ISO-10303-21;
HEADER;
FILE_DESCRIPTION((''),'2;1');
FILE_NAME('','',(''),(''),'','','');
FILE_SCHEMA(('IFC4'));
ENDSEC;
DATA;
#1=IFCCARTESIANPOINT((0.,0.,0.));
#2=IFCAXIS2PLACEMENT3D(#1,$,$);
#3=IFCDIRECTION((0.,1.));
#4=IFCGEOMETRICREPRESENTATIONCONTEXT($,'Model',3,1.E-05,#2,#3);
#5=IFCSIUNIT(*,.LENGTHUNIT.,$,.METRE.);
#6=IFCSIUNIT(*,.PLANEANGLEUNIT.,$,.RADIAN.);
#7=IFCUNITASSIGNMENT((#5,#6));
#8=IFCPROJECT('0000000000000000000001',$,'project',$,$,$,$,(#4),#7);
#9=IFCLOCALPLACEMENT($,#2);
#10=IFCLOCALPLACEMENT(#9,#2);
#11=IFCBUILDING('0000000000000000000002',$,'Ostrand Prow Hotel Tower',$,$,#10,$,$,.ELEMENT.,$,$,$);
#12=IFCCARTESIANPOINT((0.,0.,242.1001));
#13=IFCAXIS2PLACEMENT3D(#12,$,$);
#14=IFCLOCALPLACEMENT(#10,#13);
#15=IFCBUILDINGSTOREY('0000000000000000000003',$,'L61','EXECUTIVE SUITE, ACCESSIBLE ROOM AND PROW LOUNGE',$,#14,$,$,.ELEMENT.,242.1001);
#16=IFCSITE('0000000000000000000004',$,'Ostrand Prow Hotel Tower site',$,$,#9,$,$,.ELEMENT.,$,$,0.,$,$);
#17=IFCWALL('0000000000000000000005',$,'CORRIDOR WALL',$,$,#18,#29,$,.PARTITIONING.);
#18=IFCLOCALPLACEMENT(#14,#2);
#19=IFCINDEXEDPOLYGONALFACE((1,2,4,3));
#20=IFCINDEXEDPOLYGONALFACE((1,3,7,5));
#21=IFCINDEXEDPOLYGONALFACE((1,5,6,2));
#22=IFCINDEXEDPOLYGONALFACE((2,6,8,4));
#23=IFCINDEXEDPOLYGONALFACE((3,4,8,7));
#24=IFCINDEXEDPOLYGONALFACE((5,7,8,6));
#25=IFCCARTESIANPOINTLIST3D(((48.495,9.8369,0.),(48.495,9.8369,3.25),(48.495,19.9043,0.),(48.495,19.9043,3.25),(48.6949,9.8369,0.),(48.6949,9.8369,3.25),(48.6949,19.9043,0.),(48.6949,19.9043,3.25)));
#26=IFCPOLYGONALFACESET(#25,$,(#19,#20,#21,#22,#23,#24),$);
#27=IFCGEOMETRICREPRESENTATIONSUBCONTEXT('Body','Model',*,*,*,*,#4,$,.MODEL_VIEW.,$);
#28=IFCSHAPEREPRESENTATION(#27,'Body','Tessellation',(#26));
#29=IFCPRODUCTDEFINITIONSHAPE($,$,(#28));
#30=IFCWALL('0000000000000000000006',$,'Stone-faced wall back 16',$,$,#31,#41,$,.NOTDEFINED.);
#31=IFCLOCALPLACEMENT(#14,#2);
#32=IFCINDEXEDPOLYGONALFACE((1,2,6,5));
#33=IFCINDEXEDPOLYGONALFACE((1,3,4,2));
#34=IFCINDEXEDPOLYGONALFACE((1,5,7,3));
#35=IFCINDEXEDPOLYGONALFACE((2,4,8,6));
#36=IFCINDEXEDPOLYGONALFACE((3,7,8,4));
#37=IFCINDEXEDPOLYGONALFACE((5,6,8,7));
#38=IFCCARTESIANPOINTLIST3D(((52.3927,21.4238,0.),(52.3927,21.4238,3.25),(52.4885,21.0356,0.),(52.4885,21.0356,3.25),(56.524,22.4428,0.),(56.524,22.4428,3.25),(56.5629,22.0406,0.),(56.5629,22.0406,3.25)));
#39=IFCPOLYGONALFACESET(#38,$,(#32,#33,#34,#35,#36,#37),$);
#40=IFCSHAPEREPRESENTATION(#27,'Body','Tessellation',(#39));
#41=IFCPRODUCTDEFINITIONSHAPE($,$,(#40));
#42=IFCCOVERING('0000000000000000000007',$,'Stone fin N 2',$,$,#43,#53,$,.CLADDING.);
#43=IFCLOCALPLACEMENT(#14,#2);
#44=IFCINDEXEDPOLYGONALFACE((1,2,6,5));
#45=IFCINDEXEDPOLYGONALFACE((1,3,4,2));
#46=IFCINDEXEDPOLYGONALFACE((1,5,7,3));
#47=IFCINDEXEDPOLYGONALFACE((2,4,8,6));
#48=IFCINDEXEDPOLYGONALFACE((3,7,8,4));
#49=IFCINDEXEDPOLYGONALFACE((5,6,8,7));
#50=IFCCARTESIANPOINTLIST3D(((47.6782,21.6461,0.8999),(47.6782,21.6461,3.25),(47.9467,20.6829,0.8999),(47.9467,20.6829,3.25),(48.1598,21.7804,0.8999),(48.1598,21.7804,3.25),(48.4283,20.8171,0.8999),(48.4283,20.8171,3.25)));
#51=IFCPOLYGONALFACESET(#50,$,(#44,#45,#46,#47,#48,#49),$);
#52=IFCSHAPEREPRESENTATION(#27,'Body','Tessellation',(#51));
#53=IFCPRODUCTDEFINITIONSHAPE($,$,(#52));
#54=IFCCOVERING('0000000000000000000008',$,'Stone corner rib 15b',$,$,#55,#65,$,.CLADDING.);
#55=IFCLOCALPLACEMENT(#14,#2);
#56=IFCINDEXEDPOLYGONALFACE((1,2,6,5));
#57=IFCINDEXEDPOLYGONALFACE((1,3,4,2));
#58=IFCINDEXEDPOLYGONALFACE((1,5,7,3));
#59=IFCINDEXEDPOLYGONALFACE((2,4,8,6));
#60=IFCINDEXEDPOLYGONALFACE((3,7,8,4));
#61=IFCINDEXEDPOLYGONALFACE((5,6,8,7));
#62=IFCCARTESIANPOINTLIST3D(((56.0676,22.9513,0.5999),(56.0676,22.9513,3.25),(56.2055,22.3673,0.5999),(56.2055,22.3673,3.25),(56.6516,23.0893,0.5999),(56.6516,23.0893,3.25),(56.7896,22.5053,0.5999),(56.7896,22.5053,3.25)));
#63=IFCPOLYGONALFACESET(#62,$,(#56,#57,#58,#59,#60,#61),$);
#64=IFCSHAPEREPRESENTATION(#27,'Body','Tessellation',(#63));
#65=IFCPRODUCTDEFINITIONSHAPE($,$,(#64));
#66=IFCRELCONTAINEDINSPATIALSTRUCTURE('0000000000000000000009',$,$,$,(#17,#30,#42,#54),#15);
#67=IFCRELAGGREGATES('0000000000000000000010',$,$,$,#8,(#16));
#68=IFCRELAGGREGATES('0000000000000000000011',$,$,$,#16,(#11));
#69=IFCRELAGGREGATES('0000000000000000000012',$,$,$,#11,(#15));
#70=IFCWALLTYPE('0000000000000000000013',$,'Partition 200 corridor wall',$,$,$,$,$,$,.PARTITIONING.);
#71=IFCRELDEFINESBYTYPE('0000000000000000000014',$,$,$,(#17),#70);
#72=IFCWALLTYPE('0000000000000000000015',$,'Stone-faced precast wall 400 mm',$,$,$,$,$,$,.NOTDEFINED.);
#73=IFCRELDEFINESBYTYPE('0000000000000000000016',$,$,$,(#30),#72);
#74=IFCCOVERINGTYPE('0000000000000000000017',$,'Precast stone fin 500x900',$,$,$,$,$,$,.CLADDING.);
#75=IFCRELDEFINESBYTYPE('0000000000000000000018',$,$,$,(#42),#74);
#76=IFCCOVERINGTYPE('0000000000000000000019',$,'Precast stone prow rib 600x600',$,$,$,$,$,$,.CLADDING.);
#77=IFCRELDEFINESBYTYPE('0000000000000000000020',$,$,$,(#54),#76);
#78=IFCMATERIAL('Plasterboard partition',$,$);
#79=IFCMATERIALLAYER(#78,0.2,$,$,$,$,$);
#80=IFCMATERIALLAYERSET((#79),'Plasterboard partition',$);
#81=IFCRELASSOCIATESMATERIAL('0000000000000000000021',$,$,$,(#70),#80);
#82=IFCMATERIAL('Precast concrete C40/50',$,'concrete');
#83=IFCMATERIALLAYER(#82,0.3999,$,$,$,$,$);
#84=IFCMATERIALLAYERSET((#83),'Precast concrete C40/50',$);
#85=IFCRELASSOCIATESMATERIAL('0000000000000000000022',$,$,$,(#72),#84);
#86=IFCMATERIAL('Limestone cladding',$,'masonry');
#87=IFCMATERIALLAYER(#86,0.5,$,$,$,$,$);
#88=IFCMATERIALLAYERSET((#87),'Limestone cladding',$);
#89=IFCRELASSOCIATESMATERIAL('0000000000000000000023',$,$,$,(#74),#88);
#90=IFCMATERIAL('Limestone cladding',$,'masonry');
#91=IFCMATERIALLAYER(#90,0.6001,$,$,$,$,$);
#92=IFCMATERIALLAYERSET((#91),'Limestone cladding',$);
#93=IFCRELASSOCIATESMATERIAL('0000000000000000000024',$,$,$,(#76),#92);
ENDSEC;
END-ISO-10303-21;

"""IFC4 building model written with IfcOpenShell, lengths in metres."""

from ifc_helpers import new_model, si_unit, direction, frame, frame_2d, origin, place, context, subcontext, project, spatial, polyline, rectangle, outline, extrude, material, layer, layer_set, type_object, element, save


model = new_model("IFC4")

# Units and contexts
model_context = context("Model", 3, precision=1e-05, world=origin(), true_north=direction((0.0, 1.0)))
body_context = subcontext(model_context, "Body", "Model", "MODEL_VIEW")
ifc_project = project(units=[si_unit("LENGTHUNIT", "METRE"), si_unit("PLANEANGLEUNIT", "RADIAN")], contexts=[model_context])

# Site, building, storey
site_placement = place(None, origin())
site = spatial("IfcSite", under=ifc_project, at=site_placement, Name="Ostrand Prow Hotel Tower site", CompositionType="ELEMENT", RefElevation=0.0)
building_placement = place(site_placement, origin())
building = spatial("IfcBuilding", under=site, at=building_placement, Name="Ostrand Prow Hotel Tower", CompositionType="ELEMENT")
storey_placement = place(building_placement, frame((0.0, 0.0, 242.1001)))
storey = spatial("IfcBuildingStorey", under=building, at=storey_placement, Name="L61", Description="EXECUTIVE SUITE, ACCESSIBLE ROOM AND PROW LOUNGE", CompositionType="ELEMENT", Elevation=242.1001)

# Walls
ifc_material_1 = material(Name="Plasterboard partition")
ifc_layer_1 = layer(ifc_material_1, 0.2)
ifc_layer_set_1 = layer_set([ifc_layer_1], Name="Plasterboard partition")
wall_type_1 = type_object("IfcWallType", Name="Partition 200 corridor wall", PredefinedType="PARTITIONING", material=ifc_layer_set_1)
wall_1_placement = place(storey_placement, frame((48.595, 19.9043, 0.0), z_axis=(0.0, 0.0, 1.0), x_axis=(0.0, -1.0, 0.0)))
element("IfcWall", 1, at=wall_1_placement, inside=storey, type_object=wall_type_1, Name="CORRIDOR WALL", PredefinedType="PARTITIONING", context=body_context, shape_type="SweptSolid", body=[
    extrude(rectangle(XDim=10.0674, YDim=0.2, at=frame_2d((5.0337, 0.0))), origin(), (0.0, 0.0, 1.0), 3.25),
])
ifc_material_2 = material(Name="Precast concrete C40/50", Category="concrete")
ifc_layer_2 = layer(ifc_material_2, 0.3999)
ifc_layer_set_2 = layer_set([ifc_layer_2], Name="Precast concrete C40/50")
wall_type_2 = type_object("IfcWallType", Name="Stone-faced precast wall 400 mm", PredefinedType="NOTDEFINED", material=ifc_layer_set_2)
wall_2_placement = place(storey_placement, frame((56.5435, 22.2417, 0.0), z_axis=(0.0, 0.0, 1.0), x_axis=(-0.970902, -0.239476, 0.0)))
element("IfcWall", 2, at=wall_2_placement, inside=storey, type_object=wall_type_2, Name="Stone-faced wall back 16", PredefinedType="NOTDEFINED", context=body_context, shape_type="SweptSolid", body=[
    extrude(outline(polyline([(-0.0293, -0.2), (4.2258, -0.2), (4.2258, 0.2), (0.0293, 0.2), (-0.0293, -0.2)])), origin(), (0.0, 0.0, 1.0), 3.25),
])

# Coverings
ifc_material_3 = material(Name="Limestone cladding", Category="masonry")
ifc_layer_3 = layer(ifc_material_3, 0.5)
ifc_layer_set_3 = layer_set([ifc_layer_3], Name="Limestone cladding")
covering_type_1 = type_object("IfcCoveringType", Name="Precast stone fin 500x900", PredefinedType="CLADDING", material=ifc_layer_set_3)
covering_1_placement = place(storey_placement, frame((48.1875, 20.75, 0.8999), z_axis=(0.0, 0.0, 1.0), x_axis=(-0.268525, 0.963273, 0.0)))
element("IfcCovering", 3, at=covering_1_placement, inside=storey, type_object=covering_type_1, Name="Stone fin N 2", PredefinedType="CLADDING", context=body_context, shape_type="SweptSolid", body=[
    extrude(rectangle(XDim=1.0, YDim=0.5, at=frame_2d((0.5, 0.0))), origin(), (0.0, 0.0, 1.0), 2.3501),
])
ifc_material_4 = material(Name="Limestone cladding", Category="masonry")
ifc_layer_4 = layer(ifc_material_4, 0.6001)
ifc_layer_set_4 = layer_set([ifc_layer_4], Name="Limestone cladding")
covering_type_2 = type_object("IfcCoveringType", Name="Precast stone prow rib 600x600", PredefinedType="CLADDING", material=ifc_layer_set_4)
covering_2_placement = place(storey_placement, frame((56.4976, 22.4363, 0.5999), z_axis=(0.0, 0.0, 1.0), x_axis=(-0.229878, 0.973219, 0.0)))
element("IfcCovering", 4, at=covering_2_placement, inside=storey, type_object=covering_type_2, Name="Stone corner rib 15b", PredefinedType="CLADDING", context=body_context, shape_type="SweptSolid", body=[
    extrude(rectangle(XDim=0.6001, YDim=0.6001, at=frame_2d((0.3, 0.0))), origin(), (0.0, 0.0, 1.0), 2.6501),
])

save(model, "model.ifc")
